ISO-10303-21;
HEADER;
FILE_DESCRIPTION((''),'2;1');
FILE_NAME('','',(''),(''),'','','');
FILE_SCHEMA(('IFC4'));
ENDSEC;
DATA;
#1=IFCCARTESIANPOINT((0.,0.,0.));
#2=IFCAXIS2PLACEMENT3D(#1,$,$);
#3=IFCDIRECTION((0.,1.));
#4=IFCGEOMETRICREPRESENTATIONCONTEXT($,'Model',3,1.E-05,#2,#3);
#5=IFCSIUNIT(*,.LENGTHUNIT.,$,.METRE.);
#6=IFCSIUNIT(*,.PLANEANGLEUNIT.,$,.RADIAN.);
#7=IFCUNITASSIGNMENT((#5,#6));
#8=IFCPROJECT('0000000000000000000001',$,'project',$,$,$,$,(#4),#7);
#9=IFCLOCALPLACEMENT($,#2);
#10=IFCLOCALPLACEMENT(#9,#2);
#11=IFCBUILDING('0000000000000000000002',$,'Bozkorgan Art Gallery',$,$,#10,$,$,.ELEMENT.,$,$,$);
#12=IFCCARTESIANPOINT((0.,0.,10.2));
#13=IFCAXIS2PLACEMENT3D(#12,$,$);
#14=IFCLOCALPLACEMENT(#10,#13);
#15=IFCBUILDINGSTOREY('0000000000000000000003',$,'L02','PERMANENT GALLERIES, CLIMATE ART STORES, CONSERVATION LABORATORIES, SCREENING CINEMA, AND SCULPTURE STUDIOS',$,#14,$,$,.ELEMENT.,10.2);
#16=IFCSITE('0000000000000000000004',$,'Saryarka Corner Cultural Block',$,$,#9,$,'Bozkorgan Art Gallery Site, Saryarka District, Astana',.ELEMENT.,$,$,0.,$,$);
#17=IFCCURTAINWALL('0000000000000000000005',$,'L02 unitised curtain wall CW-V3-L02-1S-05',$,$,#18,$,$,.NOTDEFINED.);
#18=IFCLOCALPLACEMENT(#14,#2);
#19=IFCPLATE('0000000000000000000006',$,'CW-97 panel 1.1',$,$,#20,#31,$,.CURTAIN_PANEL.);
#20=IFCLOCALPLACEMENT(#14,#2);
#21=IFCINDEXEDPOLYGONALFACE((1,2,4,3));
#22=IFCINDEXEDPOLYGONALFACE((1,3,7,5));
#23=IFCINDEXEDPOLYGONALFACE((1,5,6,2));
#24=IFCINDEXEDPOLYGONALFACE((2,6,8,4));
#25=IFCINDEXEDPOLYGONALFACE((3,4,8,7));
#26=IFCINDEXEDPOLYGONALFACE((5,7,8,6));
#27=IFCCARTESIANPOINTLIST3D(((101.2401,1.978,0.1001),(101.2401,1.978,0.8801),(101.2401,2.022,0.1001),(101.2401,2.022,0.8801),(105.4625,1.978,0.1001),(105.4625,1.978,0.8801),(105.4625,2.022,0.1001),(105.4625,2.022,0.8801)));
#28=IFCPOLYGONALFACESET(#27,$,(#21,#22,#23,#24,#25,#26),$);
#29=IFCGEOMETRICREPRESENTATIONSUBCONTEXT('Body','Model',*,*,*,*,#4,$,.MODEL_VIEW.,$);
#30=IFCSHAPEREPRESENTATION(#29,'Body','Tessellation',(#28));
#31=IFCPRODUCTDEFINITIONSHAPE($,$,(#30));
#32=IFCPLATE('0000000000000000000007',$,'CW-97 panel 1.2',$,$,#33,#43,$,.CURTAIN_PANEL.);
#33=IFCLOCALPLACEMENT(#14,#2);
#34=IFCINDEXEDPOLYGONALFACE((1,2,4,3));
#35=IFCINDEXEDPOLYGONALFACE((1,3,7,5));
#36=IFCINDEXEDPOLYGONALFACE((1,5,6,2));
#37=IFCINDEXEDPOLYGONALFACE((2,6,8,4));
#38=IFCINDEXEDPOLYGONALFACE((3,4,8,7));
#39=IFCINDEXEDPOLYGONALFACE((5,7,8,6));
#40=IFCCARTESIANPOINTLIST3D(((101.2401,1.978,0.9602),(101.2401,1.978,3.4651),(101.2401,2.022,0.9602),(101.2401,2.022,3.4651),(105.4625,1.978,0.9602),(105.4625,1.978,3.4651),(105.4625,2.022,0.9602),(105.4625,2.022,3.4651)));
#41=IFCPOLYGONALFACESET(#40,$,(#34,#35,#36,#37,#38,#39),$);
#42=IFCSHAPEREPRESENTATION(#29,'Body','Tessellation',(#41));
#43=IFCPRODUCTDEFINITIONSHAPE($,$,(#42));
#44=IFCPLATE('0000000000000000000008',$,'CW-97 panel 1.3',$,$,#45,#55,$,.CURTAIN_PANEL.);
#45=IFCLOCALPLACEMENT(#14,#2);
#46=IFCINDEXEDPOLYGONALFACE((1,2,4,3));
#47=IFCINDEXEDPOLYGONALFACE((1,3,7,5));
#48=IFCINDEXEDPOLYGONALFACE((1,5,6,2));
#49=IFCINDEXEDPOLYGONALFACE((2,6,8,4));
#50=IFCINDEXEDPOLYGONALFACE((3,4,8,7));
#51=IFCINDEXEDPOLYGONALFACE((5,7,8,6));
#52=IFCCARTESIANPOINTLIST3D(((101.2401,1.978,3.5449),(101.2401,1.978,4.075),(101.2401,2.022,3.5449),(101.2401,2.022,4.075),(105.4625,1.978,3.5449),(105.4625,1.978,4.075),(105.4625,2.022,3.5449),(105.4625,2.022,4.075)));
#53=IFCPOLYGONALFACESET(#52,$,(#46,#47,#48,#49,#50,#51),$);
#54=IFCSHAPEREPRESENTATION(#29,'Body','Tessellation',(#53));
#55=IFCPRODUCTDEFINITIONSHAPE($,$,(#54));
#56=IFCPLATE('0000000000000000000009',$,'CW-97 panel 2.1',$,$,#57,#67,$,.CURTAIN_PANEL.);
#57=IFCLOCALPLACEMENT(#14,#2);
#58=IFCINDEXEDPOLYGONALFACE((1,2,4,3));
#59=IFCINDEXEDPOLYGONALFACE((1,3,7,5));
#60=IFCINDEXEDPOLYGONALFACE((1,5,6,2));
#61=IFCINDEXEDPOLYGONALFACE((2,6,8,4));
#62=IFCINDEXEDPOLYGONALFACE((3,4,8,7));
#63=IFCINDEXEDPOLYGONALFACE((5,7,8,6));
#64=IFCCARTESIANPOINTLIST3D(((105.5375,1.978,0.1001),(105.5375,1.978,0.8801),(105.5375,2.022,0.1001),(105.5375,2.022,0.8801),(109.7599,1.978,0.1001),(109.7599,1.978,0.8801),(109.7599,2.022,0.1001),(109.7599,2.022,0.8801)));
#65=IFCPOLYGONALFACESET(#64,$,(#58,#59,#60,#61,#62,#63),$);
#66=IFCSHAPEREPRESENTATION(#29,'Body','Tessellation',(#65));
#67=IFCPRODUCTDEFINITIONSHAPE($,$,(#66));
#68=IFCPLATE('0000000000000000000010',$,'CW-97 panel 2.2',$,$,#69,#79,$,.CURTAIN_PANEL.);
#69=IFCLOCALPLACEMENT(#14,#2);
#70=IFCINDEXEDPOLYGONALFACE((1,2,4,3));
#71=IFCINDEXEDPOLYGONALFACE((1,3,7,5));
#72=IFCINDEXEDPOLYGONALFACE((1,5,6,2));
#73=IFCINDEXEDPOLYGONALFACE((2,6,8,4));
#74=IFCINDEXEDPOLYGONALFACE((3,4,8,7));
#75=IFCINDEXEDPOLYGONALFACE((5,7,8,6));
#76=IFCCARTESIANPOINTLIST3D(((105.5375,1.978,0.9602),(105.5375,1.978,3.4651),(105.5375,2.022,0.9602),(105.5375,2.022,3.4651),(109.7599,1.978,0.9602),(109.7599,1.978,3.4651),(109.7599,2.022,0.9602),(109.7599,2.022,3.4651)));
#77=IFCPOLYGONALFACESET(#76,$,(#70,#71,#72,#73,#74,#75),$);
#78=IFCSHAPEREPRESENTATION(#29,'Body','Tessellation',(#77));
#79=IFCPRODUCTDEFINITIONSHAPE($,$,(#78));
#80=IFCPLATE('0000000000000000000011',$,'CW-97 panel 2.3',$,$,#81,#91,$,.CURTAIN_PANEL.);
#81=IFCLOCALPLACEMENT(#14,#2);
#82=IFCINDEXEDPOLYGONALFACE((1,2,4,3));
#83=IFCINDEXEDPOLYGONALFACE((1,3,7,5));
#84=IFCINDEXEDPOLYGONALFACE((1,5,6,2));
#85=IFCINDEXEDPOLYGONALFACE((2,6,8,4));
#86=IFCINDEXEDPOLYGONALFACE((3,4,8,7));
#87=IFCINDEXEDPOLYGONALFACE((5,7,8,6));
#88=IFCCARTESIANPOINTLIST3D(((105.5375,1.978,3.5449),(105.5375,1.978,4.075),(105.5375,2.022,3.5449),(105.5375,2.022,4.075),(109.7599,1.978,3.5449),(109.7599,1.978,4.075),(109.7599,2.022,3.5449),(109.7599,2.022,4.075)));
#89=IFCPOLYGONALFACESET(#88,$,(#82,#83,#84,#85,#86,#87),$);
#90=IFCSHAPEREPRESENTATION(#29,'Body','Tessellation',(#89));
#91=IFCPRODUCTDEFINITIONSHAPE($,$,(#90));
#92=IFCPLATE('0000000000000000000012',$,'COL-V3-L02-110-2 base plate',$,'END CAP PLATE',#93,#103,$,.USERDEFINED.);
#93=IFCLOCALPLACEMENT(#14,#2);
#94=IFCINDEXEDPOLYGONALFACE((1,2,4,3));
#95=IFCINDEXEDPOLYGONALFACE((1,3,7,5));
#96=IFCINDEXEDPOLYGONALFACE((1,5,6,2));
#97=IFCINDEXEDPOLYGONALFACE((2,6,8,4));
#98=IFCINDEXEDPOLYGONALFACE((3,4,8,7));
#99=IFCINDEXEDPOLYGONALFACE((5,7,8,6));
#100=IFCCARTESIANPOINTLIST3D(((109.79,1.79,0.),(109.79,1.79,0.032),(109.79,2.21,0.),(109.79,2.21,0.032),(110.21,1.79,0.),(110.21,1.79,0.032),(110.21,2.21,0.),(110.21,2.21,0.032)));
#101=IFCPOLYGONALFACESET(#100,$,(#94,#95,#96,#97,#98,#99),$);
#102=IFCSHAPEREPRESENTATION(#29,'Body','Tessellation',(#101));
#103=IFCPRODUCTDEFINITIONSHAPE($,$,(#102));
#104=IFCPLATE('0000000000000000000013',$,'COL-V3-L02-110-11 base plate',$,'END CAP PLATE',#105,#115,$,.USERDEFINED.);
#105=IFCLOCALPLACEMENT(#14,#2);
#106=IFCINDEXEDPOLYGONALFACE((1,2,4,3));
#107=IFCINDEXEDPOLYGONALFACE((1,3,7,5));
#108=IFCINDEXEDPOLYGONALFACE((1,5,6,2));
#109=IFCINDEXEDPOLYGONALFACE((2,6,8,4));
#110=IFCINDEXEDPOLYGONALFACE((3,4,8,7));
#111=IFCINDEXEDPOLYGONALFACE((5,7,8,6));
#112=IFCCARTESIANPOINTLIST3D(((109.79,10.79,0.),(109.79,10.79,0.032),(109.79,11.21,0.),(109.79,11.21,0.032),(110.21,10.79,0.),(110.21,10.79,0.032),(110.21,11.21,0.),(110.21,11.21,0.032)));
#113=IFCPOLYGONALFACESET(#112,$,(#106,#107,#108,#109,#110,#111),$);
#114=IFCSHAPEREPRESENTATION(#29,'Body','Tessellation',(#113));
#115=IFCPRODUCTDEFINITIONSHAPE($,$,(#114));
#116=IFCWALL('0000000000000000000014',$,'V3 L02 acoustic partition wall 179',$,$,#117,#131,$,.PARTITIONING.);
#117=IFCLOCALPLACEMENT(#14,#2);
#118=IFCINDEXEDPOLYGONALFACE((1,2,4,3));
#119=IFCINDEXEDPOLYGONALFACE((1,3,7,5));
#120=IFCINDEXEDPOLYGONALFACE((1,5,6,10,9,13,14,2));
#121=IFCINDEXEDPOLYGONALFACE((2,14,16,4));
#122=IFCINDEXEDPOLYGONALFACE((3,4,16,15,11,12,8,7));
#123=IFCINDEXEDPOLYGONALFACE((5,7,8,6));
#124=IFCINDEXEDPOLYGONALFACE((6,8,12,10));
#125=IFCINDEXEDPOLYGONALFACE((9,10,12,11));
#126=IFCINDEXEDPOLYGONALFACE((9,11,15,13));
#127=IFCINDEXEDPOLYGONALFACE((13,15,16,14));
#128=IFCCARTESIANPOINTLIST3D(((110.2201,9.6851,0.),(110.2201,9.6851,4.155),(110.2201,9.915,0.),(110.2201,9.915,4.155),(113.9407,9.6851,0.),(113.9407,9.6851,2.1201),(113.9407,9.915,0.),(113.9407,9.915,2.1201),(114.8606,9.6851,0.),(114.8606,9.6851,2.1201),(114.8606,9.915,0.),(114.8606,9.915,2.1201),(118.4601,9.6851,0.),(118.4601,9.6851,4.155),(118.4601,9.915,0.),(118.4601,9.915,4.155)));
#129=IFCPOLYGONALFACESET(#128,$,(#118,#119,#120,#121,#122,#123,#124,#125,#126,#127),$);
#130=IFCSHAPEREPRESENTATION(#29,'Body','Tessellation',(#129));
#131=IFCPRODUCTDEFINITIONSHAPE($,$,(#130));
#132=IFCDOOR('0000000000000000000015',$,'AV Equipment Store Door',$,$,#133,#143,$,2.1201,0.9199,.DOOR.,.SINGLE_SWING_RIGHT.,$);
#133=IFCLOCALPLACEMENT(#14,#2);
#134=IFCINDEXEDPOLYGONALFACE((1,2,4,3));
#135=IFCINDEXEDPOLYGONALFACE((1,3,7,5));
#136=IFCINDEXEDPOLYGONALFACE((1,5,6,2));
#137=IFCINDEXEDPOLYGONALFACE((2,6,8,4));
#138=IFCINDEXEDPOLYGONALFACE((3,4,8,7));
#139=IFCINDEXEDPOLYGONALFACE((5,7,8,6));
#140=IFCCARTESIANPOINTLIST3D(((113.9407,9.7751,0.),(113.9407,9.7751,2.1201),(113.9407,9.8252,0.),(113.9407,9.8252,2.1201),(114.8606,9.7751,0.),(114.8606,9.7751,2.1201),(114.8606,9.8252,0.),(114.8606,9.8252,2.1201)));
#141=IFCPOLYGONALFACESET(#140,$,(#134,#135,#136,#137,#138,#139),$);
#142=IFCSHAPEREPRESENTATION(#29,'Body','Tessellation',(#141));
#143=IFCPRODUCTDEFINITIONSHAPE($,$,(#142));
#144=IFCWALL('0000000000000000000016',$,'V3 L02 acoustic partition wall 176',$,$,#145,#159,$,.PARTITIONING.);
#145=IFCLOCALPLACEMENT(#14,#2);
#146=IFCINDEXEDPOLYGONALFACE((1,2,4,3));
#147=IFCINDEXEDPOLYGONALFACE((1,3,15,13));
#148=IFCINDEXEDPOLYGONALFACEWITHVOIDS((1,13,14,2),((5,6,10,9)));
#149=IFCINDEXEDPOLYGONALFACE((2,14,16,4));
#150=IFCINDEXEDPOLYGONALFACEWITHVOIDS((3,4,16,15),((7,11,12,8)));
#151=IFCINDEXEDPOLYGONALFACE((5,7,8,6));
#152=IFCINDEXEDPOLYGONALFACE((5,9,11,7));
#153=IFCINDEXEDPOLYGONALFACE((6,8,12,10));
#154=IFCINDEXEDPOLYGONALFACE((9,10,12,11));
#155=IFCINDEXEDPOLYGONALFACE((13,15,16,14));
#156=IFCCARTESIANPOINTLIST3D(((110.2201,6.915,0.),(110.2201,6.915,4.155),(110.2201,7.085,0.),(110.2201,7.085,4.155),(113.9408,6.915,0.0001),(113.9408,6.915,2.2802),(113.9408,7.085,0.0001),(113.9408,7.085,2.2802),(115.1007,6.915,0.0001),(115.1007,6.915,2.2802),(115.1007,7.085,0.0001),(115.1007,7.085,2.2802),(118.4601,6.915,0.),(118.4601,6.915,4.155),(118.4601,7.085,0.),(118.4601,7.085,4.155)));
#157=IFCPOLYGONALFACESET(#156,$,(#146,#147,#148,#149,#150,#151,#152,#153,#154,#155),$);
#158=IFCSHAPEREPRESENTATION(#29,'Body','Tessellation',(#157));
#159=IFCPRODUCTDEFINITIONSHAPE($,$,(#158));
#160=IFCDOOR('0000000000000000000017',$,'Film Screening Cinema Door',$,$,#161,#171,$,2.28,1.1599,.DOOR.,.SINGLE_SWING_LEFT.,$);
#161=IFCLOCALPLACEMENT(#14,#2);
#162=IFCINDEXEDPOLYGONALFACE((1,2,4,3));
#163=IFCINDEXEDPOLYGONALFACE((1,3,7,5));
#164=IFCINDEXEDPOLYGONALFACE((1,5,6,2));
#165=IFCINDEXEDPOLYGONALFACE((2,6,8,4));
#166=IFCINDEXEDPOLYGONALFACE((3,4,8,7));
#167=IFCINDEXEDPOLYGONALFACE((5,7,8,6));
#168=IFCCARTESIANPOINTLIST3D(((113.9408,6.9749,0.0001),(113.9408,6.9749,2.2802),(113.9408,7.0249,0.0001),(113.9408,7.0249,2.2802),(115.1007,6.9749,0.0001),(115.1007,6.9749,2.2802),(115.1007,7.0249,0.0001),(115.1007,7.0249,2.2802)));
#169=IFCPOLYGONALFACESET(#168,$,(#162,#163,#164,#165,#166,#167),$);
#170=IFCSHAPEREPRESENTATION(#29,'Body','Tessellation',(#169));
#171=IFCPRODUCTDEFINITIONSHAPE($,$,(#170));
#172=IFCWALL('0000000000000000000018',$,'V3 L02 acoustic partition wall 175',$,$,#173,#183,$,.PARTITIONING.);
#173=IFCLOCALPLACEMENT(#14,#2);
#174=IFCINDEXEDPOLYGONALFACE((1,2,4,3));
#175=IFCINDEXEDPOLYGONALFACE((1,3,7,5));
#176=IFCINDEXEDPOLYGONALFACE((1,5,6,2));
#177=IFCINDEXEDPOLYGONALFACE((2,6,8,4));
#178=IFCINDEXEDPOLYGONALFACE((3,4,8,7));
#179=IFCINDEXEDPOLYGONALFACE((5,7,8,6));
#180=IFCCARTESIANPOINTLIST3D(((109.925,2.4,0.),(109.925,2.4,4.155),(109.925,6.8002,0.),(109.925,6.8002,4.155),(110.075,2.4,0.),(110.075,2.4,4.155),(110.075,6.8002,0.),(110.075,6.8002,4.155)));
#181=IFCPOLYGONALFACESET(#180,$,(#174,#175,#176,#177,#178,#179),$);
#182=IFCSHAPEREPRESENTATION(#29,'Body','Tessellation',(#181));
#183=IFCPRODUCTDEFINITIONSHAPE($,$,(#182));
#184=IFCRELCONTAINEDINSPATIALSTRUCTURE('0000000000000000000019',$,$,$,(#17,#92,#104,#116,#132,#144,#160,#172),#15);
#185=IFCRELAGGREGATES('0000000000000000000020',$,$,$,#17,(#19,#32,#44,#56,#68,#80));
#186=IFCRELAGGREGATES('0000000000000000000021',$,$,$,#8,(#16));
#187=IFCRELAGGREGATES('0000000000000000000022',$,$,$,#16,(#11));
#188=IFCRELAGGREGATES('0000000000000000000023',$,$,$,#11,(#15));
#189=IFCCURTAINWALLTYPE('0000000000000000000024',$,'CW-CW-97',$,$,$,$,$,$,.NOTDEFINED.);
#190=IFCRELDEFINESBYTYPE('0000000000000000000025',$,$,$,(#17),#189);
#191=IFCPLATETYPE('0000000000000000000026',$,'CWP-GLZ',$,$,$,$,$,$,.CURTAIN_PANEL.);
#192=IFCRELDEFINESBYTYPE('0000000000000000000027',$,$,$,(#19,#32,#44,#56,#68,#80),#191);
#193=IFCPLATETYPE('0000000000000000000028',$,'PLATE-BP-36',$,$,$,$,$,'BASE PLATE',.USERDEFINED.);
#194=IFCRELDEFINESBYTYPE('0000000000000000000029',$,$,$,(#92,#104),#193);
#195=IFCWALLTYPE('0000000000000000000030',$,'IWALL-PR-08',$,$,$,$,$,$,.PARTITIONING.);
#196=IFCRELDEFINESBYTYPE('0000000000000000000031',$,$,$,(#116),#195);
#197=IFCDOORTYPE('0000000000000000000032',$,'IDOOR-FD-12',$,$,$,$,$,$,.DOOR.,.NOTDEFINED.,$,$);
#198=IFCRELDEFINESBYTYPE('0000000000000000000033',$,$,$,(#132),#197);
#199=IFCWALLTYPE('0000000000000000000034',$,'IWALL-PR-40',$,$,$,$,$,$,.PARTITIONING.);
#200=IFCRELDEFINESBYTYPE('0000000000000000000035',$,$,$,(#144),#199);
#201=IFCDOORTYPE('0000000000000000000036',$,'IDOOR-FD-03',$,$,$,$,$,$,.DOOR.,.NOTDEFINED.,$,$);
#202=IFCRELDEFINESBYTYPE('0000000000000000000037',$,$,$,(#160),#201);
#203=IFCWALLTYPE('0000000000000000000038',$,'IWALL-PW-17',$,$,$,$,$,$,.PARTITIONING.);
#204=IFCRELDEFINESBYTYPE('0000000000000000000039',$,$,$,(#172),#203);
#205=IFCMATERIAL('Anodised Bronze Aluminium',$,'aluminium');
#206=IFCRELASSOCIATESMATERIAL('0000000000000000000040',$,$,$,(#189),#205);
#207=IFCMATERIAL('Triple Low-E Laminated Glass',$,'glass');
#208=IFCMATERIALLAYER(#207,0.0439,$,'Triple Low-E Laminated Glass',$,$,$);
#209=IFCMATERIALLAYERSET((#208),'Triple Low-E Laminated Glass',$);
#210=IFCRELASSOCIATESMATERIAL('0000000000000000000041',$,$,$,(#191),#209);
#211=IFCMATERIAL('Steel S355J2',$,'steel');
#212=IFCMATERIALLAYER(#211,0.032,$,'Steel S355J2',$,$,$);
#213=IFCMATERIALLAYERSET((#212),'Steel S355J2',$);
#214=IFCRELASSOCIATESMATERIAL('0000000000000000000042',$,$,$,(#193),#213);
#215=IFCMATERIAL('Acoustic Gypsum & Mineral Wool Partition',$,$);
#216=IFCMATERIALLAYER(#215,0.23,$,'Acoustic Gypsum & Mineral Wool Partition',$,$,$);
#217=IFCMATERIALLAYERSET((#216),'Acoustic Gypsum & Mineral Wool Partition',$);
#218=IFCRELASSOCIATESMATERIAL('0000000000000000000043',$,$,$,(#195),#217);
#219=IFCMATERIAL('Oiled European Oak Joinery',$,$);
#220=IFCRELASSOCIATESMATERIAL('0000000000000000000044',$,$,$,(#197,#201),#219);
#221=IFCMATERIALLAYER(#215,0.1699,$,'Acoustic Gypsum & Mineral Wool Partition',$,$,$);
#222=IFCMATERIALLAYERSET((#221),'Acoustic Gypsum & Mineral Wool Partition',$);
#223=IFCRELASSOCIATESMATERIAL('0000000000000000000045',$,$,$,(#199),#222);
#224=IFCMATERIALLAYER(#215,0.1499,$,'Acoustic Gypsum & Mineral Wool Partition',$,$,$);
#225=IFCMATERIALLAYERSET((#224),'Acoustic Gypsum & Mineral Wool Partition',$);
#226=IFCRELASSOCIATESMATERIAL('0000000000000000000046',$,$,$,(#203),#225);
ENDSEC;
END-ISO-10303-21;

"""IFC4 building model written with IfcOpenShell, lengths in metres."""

from ifc_helpers import new_model, si_unit, direction, frame, frame_2d, origin, origin_2d, place, context, subcontext, project, spatial, rectangle, extrude, material, layer, layer_set, type_object, element, fill, aggregate, save


model = new_model("IFC4")

# Units and contexts
model_context = context("Model", 3, precision=1e-05, world=origin(), true_north=direction((0.0, 1.0)))
body_context = subcontext(model_context, "Body", "Model", "MODEL_VIEW")
ifc_project = project(units=[si_unit("LENGTHUNIT", "METRE"), si_unit("PLANEANGLEUNIT", "RADIAN")], contexts=[model_context])

# Site, building, storey
site_placement = place(None, origin())
site = spatial("IfcSite", under=ifc_project, at=site_placement, Name="Saryarka Corner Cultural Block", LongName="Bozkorgan Art Gallery Site, Saryarka District, Astana", CompositionType="ELEMENT", RefElevation=0.0)
building_placement = place(site_placement, origin())
building = spatial("IfcBuilding", under=site, at=building_placement, Name="Bozkorgan Art Gallery", CompositionType="ELEMENT")
storey_placement = place(building_placement, frame((0.0, 0.0, 10.2)))
storey = spatial("IfcBuildingStorey", under=building, at=storey_placement, Name="L02", Description="PERMANENT GALLERIES, CLIMATE ART STORES, CONSERVATION LABORATORIES, SCREENING CINEMA, AND SCULPTURE STUDIOS", CompositionType="ELEMENT", Elevation=10.2)

# Shared definitions
ifc_material_1 = material(Name="Steel S355J2", Category="steel")

# Curtain wall
ifc_material_2 = material(Name="Anodised Bronze Aluminium", Category="aluminium")
curtain_wall_type = type_object("IfcCurtainWallType", Name="CW-CW-97", PredefinedType="NOTDEFINED", material=ifc_material_2)
curtain_wall_1_placement = place(storey_placement, origin())
curtain_wall_1 = element("IfcCurtainWall", 1, at=curtain_wall_1_placement, inside=storey, type_object=curtain_wall_type, Name="L02 unitised curtain wall CW-V3-L02-1S-05", PredefinedType="NOTDEFINED")

# Plates
ifc_material_3 = material(Name="Triple Low-E Laminated Glass", Category="glass")
ifc_layer_1 = layer(ifc_material_3, 0.0439, Name="Triple Low-E Laminated Glass")
ifc_layer_set_1 = layer_set([ifc_layer_1], Name="Triple Low-E Laminated Glass")
plate_type_1 = type_object("IfcPlateType", Name="CWP-GLZ", PredefinedType="CURTAIN_PANEL", material=ifc_layer_set_1)
plate_1_placement = place(storey_placement, frame((103.3513, 2.0, 0.1001), z_axis=(0.0, 0.0, 1.0), x_axis=(1.0, 0.0, 0.0)))
plate_1 = element("IfcPlate", 2, at=plate_1_placement, type_object=plate_type_1, Name="CW-97 panel 1.1", PredefinedType="CURTAIN_PANEL", context=body_context, shape_type="SweptSolid", body=[
    extrude(rectangle(XDim=4.2224, YDim=0.0439, at=origin_2d()), origin(), (0.0, 0.0, 1.0), 0.78),
])
plate_2_placement = place(storey_placement, frame((103.3513, 2.0, 0.9602), z_axis=(0.0, 0.0, 1.0), x_axis=(1.0, 0.0, 0.0)))
plate_2 = element("IfcPlate", 3, at=plate_2_placement, type_object=plate_type_1, Name="CW-97 panel 1.2", PredefinedType="CURTAIN_PANEL", context=body_context, shape_type="SweptSolid", body=[
    extrude(rectangle(XDim=4.2224, YDim=0.0439, at=origin_2d()), origin(), (0.0, 0.0, 1.0), 2.5049),
])
plate_3_placement = place(storey_placement, frame((103.3513, 2.0, 3.5449), z_axis=(0.0, 0.0, 1.0), x_axis=(1.0, 0.0, 0.0)))
plate_3 = element("IfcPlate", 4, at=plate_3_placement, type_object=plate_type_1, Name="CW-97 panel 1.3", PredefinedType="CURTAIN_PANEL", context=body_context, shape_type="SweptSolid", body=[
    extrude(rectangle(XDim=4.2224, YDim=0.0439, at=origin_2d()), origin(), (0.0, 0.0, 1.0), 0.53),
])
plate_4_placement = place(storey_placement, frame((107.6487, 2.0, 0.1001), z_axis=(0.0, 0.0, 1.0), x_axis=(1.0, 0.0, 0.0)))
plate_4 = element("IfcPlate", 5, at=plate_4_placement, type_object=plate_type_1, Name="CW-97 panel 2.1", PredefinedType="CURTAIN_PANEL", context=body_context, shape_type="SweptSolid", body=[
    extrude(rectangle(XDim=4.2224, YDim=0.0439, at=origin_2d()), origin(), (0.0, 0.0, 1.0), 0.78),
])
plate_5_placement = place(storey_placement, frame((107.6487, 2.0, 0.9602), z_axis=(0.0, 0.0, 1.0), x_axis=(1.0, 0.0, 0.0)))
plate_5 = element("IfcPlate", 6, at=plate_5_placement, type_object=plate_type_1, Name="CW-97 panel 2.2", PredefinedType="CURTAIN_PANEL", context=body_context, shape_type="SweptSolid", body=[
    extrude(rectangle(XDim=4.2224, YDim=0.0439, at=origin_2d()), origin(), (0.0, 0.0, 1.0), 2.5049),
])
plate_6_placement = place(storey_placement, frame((107.6487, 2.0, 3.5449), z_axis=(0.0, 0.0, 1.0), x_axis=(1.0, 0.0, 0.0)))
plate_6 = element("IfcPlate", 7, at=plate_6_placement, type_object=plate_type_1, Name="CW-97 panel 2.3", PredefinedType="CURTAIN_PANEL", context=body_context, shape_type="SweptSolid", body=[
    extrude(rectangle(XDim=4.2224, YDim=0.0439, at=origin_2d()), origin(), (0.0, 0.0, 1.0), 0.53),
])
aggregate(curtain_wall_1, [plate_1, plate_2, plate_3, plate_4, plate_5, plate_6])

# Plates
ifc_layer_2 = layer(ifc_material_1, 0.032, Name="Steel S355J2")
ifc_layer_set_2 = layer_set([ifc_layer_2], Name="Steel S355J2")
plate_type_2 = type_object("IfcPlateType", Name="PLATE-BP-36", ElementType="BASE PLATE", PredefinedType="USERDEFINED", material=ifc_layer_set_2)
for number, where, z_axis, x_axis, name in (
    (8, (110.0, 2.0, 0.0), (0.0, 0.0, 1.0), (1.0, 0.0, 0.0), "COL-V3-L02-110-2 base plate"),
    (9, (110.0, 11.0, 0.0), (0.0, 0.0, 1.0), (1.0, 0.0, 0.0), "COL-V3-L02-110-11 base plate"),
):
    element("IfcPlate", number, at=place(storey_placement, frame(where, z_axis=z_axis, x_axis=x_axis)), inside=storey, type_object=plate_type_2, Name=name, ObjectType="END CAP PLATE", PredefinedType="USERDEFINED", context=body_context, shape_type="SweptSolid", body=[
        extrude(rectangle(XDim=0.4199, YDim=0.4199, at=origin_2d()), origin(), (0.0, 0.0, 1.0), 0.032),
    ])

# Walls, openings, doors
ifc_material_4 = material(Name="Acoustic Gypsum & Mineral Wool Partition")
ifc_layer_3 = layer(ifc_material_4, 0.23, Name="Acoustic Gypsum & Mineral Wool Partition")
ifc_layer_set_3 = layer_set([ifc_layer_3], Name="Acoustic Gypsum & Mineral Wool Partition")
wall_type_1 = type_object("IfcWallType", Name="IWALL-PR-08", PredefinedType="PARTITIONING", material=ifc_layer_set_3)
wall_1_placement = place(storey_placement, frame((110.22, 9.8, 0.0), z_axis=(0.0, 0.0, 1.0), x_axis=(1.0, 0.0, 0.0)))
wall_1 = element("IfcWall", 10, at=wall_1_placement, inside=storey, type_object=wall_type_1, Name="V3 L02 acoustic partition wall 179", PredefinedType="PARTITIONING", context=body_context, shape_type="SweptSolid", body=[
    extrude(rectangle(XDim=8.24, YDim=0.23, at=frame_2d((4.1201, 0.0))), origin(), (0.0, 0.0, 1.0), 4.155),
])
opening_1_placement = place(wall_1_placement, frame((4.6406, 0.0, 0.0), z_axis=(0.0, 0.0, 1.0), x_axis=(-1.0, 0.0, 0.0)))
opening_1 = element("IfcOpeningElement", 11, at=opening_1_placement, cuts=wall_1, PredefinedType="OPENING", context=body_context, shape_type="SweptSolid", body=[
    extrude(rectangle(XDim=0.9199, YDim=2.1201, at=frame_2d((0.46, 1.0601))), frame((0.0, 0.125, 0.0), z_axis=(0.0, -1.0, 0.0), x_axis=(1.0, 0.0, 0.0)), (0.0, 0.0, 1.0), 0.25),
])
ifc_material_5 = material(Name="Oiled European Oak Joinery")
door_type_1 = type_object("IfcDoorType", Name="IDOOR-FD-12", OperationType="NOTDEFINED", PredefinedType="DOOR", material=ifc_material_5)
door_1_placement = place(opening_1_placement, origin())
door_1 = element("IfcDoor", 12, at=door_1_placement, inside=storey, type_object=door_type_1, Name="AV Equipment Store Door", OperationType="SINGLE_SWING_RIGHT", OverallHeight=2.1201, OverallWidth=0.9199, PredefinedType="DOOR", context=body_context, shape_type="SweptSolid", body=[
    extrude(rectangle(XDim=0.9199, YDim=2.1201, at=frame_2d((0.46, 1.0601))), frame((0.0, 0.0249, 0.0), z_axis=(0.0, -1.0, 0.0), x_axis=(1.0, 0.0, 0.0)), (0.0, 0.0, 1.0), 0.05),
])
fill(opening_1, door_1)
ifc_layer_4 = layer(ifc_material_4, 0.1699, Name="Acoustic Gypsum & Mineral Wool Partition")
ifc_layer_set_4 = layer_set([ifc_layer_4], Name="Acoustic Gypsum & Mineral Wool Partition")
wall_type_2 = type_object("IfcWallType", Name="IWALL-PR-40", PredefinedType="PARTITIONING", material=ifc_layer_set_4)
wall_2_placement = place(storey_placement, frame((110.22, 7.0, 0.0), z_axis=(0.0, 0.0, 1.0), x_axis=(1.0, 0.0, 0.0)))
wall_2 = element("IfcWall", 13, at=wall_2_placement, inside=storey, type_object=wall_type_2, Name="V3 L02 acoustic partition wall 176", PredefinedType="PARTITIONING", context=body_context, shape_type="SweptSolid", body=[
    extrude(rectangle(XDim=8.24, YDim=0.1699, at=frame_2d((4.1201, 0.0))), origin(), (0.0, 0.0, 1.0), 4.155),
])
opening_2_placement = place(wall_2_placement, frame((3.7207, 0.0, 0.0)))
opening_2 = element("IfcOpeningElement", 14, at=opening_2_placement, cuts=wall_2, PredefinedType="OPENING", context=body_context, shape_type="SweptSolid", body=[
    extrude(rectangle(XDim=1.1599, YDim=2.28, at=frame_2d((0.5801, 1.1401))), frame((0.0, 0.095, 0.0), z_axis=(0.0, -1.0, 0.0), x_axis=(1.0, 0.0, 0.0)), (0.0, 0.0, 1.0), 0.1899),
])
door_type_2 = type_object("IfcDoorType", Name="IDOOR-FD-03", OperationType="NOTDEFINED", PredefinedType="DOOR", material=ifc_material_5)
door_2_placement = place(opening_2_placement, origin())
door_2 = element("IfcDoor", 15, at=door_2_placement, inside=storey, type_object=door_type_2, Name="Film Screening Cinema Door", OperationType="SINGLE_SWING_LEFT", OverallHeight=2.28, OverallWidth=1.1599, PredefinedType="DOOR", context=body_context, shape_type="SweptSolid", body=[
    extrude(rectangle(XDim=1.1599, YDim=2.28, at=frame_2d((0.5801, 1.1401))), frame((0.0, 0.0249, 0.0), z_axis=(0.0, -1.0, 0.0), x_axis=(1.0, 0.0, 0.0)), (0.0, 0.0, 1.0), 0.05),
])
fill(opening_2, door_2)

# Wall
ifc_layer_5 = layer(ifc_material_4, 0.1499, Name="Acoustic Gypsum & Mineral Wool Partition")
ifc_layer_set_5 = layer_set([ifc_layer_5], Name="Acoustic Gypsum & Mineral Wool Partition")
wall_type_3 = type_object("IfcWallType", Name="IWALL-PW-17", PredefinedType="PARTITIONING", material=ifc_layer_set_5)
wall_3_placement = place(storey_placement, frame((110.0, 2.3999, 0.0), z_axis=(0.0, 0.0, 1.0), x_axis=(0.0, 1.0, 0.0)))
element("IfcWall", 16, at=wall_3_placement, inside=storey, type_object=wall_type_3, Name="V3 L02 acoustic partition wall 175", PredefinedType="PARTITIONING", context=body_context, shape_type="SweptSolid", body=[
    extrude(rectangle(XDim=4.4001, YDim=0.1499, at=frame_2d((2.2002, 0.0))), origin(), (0.0, 0.0, 1.0), 4.155),
])

save(model, "model.ifc")
